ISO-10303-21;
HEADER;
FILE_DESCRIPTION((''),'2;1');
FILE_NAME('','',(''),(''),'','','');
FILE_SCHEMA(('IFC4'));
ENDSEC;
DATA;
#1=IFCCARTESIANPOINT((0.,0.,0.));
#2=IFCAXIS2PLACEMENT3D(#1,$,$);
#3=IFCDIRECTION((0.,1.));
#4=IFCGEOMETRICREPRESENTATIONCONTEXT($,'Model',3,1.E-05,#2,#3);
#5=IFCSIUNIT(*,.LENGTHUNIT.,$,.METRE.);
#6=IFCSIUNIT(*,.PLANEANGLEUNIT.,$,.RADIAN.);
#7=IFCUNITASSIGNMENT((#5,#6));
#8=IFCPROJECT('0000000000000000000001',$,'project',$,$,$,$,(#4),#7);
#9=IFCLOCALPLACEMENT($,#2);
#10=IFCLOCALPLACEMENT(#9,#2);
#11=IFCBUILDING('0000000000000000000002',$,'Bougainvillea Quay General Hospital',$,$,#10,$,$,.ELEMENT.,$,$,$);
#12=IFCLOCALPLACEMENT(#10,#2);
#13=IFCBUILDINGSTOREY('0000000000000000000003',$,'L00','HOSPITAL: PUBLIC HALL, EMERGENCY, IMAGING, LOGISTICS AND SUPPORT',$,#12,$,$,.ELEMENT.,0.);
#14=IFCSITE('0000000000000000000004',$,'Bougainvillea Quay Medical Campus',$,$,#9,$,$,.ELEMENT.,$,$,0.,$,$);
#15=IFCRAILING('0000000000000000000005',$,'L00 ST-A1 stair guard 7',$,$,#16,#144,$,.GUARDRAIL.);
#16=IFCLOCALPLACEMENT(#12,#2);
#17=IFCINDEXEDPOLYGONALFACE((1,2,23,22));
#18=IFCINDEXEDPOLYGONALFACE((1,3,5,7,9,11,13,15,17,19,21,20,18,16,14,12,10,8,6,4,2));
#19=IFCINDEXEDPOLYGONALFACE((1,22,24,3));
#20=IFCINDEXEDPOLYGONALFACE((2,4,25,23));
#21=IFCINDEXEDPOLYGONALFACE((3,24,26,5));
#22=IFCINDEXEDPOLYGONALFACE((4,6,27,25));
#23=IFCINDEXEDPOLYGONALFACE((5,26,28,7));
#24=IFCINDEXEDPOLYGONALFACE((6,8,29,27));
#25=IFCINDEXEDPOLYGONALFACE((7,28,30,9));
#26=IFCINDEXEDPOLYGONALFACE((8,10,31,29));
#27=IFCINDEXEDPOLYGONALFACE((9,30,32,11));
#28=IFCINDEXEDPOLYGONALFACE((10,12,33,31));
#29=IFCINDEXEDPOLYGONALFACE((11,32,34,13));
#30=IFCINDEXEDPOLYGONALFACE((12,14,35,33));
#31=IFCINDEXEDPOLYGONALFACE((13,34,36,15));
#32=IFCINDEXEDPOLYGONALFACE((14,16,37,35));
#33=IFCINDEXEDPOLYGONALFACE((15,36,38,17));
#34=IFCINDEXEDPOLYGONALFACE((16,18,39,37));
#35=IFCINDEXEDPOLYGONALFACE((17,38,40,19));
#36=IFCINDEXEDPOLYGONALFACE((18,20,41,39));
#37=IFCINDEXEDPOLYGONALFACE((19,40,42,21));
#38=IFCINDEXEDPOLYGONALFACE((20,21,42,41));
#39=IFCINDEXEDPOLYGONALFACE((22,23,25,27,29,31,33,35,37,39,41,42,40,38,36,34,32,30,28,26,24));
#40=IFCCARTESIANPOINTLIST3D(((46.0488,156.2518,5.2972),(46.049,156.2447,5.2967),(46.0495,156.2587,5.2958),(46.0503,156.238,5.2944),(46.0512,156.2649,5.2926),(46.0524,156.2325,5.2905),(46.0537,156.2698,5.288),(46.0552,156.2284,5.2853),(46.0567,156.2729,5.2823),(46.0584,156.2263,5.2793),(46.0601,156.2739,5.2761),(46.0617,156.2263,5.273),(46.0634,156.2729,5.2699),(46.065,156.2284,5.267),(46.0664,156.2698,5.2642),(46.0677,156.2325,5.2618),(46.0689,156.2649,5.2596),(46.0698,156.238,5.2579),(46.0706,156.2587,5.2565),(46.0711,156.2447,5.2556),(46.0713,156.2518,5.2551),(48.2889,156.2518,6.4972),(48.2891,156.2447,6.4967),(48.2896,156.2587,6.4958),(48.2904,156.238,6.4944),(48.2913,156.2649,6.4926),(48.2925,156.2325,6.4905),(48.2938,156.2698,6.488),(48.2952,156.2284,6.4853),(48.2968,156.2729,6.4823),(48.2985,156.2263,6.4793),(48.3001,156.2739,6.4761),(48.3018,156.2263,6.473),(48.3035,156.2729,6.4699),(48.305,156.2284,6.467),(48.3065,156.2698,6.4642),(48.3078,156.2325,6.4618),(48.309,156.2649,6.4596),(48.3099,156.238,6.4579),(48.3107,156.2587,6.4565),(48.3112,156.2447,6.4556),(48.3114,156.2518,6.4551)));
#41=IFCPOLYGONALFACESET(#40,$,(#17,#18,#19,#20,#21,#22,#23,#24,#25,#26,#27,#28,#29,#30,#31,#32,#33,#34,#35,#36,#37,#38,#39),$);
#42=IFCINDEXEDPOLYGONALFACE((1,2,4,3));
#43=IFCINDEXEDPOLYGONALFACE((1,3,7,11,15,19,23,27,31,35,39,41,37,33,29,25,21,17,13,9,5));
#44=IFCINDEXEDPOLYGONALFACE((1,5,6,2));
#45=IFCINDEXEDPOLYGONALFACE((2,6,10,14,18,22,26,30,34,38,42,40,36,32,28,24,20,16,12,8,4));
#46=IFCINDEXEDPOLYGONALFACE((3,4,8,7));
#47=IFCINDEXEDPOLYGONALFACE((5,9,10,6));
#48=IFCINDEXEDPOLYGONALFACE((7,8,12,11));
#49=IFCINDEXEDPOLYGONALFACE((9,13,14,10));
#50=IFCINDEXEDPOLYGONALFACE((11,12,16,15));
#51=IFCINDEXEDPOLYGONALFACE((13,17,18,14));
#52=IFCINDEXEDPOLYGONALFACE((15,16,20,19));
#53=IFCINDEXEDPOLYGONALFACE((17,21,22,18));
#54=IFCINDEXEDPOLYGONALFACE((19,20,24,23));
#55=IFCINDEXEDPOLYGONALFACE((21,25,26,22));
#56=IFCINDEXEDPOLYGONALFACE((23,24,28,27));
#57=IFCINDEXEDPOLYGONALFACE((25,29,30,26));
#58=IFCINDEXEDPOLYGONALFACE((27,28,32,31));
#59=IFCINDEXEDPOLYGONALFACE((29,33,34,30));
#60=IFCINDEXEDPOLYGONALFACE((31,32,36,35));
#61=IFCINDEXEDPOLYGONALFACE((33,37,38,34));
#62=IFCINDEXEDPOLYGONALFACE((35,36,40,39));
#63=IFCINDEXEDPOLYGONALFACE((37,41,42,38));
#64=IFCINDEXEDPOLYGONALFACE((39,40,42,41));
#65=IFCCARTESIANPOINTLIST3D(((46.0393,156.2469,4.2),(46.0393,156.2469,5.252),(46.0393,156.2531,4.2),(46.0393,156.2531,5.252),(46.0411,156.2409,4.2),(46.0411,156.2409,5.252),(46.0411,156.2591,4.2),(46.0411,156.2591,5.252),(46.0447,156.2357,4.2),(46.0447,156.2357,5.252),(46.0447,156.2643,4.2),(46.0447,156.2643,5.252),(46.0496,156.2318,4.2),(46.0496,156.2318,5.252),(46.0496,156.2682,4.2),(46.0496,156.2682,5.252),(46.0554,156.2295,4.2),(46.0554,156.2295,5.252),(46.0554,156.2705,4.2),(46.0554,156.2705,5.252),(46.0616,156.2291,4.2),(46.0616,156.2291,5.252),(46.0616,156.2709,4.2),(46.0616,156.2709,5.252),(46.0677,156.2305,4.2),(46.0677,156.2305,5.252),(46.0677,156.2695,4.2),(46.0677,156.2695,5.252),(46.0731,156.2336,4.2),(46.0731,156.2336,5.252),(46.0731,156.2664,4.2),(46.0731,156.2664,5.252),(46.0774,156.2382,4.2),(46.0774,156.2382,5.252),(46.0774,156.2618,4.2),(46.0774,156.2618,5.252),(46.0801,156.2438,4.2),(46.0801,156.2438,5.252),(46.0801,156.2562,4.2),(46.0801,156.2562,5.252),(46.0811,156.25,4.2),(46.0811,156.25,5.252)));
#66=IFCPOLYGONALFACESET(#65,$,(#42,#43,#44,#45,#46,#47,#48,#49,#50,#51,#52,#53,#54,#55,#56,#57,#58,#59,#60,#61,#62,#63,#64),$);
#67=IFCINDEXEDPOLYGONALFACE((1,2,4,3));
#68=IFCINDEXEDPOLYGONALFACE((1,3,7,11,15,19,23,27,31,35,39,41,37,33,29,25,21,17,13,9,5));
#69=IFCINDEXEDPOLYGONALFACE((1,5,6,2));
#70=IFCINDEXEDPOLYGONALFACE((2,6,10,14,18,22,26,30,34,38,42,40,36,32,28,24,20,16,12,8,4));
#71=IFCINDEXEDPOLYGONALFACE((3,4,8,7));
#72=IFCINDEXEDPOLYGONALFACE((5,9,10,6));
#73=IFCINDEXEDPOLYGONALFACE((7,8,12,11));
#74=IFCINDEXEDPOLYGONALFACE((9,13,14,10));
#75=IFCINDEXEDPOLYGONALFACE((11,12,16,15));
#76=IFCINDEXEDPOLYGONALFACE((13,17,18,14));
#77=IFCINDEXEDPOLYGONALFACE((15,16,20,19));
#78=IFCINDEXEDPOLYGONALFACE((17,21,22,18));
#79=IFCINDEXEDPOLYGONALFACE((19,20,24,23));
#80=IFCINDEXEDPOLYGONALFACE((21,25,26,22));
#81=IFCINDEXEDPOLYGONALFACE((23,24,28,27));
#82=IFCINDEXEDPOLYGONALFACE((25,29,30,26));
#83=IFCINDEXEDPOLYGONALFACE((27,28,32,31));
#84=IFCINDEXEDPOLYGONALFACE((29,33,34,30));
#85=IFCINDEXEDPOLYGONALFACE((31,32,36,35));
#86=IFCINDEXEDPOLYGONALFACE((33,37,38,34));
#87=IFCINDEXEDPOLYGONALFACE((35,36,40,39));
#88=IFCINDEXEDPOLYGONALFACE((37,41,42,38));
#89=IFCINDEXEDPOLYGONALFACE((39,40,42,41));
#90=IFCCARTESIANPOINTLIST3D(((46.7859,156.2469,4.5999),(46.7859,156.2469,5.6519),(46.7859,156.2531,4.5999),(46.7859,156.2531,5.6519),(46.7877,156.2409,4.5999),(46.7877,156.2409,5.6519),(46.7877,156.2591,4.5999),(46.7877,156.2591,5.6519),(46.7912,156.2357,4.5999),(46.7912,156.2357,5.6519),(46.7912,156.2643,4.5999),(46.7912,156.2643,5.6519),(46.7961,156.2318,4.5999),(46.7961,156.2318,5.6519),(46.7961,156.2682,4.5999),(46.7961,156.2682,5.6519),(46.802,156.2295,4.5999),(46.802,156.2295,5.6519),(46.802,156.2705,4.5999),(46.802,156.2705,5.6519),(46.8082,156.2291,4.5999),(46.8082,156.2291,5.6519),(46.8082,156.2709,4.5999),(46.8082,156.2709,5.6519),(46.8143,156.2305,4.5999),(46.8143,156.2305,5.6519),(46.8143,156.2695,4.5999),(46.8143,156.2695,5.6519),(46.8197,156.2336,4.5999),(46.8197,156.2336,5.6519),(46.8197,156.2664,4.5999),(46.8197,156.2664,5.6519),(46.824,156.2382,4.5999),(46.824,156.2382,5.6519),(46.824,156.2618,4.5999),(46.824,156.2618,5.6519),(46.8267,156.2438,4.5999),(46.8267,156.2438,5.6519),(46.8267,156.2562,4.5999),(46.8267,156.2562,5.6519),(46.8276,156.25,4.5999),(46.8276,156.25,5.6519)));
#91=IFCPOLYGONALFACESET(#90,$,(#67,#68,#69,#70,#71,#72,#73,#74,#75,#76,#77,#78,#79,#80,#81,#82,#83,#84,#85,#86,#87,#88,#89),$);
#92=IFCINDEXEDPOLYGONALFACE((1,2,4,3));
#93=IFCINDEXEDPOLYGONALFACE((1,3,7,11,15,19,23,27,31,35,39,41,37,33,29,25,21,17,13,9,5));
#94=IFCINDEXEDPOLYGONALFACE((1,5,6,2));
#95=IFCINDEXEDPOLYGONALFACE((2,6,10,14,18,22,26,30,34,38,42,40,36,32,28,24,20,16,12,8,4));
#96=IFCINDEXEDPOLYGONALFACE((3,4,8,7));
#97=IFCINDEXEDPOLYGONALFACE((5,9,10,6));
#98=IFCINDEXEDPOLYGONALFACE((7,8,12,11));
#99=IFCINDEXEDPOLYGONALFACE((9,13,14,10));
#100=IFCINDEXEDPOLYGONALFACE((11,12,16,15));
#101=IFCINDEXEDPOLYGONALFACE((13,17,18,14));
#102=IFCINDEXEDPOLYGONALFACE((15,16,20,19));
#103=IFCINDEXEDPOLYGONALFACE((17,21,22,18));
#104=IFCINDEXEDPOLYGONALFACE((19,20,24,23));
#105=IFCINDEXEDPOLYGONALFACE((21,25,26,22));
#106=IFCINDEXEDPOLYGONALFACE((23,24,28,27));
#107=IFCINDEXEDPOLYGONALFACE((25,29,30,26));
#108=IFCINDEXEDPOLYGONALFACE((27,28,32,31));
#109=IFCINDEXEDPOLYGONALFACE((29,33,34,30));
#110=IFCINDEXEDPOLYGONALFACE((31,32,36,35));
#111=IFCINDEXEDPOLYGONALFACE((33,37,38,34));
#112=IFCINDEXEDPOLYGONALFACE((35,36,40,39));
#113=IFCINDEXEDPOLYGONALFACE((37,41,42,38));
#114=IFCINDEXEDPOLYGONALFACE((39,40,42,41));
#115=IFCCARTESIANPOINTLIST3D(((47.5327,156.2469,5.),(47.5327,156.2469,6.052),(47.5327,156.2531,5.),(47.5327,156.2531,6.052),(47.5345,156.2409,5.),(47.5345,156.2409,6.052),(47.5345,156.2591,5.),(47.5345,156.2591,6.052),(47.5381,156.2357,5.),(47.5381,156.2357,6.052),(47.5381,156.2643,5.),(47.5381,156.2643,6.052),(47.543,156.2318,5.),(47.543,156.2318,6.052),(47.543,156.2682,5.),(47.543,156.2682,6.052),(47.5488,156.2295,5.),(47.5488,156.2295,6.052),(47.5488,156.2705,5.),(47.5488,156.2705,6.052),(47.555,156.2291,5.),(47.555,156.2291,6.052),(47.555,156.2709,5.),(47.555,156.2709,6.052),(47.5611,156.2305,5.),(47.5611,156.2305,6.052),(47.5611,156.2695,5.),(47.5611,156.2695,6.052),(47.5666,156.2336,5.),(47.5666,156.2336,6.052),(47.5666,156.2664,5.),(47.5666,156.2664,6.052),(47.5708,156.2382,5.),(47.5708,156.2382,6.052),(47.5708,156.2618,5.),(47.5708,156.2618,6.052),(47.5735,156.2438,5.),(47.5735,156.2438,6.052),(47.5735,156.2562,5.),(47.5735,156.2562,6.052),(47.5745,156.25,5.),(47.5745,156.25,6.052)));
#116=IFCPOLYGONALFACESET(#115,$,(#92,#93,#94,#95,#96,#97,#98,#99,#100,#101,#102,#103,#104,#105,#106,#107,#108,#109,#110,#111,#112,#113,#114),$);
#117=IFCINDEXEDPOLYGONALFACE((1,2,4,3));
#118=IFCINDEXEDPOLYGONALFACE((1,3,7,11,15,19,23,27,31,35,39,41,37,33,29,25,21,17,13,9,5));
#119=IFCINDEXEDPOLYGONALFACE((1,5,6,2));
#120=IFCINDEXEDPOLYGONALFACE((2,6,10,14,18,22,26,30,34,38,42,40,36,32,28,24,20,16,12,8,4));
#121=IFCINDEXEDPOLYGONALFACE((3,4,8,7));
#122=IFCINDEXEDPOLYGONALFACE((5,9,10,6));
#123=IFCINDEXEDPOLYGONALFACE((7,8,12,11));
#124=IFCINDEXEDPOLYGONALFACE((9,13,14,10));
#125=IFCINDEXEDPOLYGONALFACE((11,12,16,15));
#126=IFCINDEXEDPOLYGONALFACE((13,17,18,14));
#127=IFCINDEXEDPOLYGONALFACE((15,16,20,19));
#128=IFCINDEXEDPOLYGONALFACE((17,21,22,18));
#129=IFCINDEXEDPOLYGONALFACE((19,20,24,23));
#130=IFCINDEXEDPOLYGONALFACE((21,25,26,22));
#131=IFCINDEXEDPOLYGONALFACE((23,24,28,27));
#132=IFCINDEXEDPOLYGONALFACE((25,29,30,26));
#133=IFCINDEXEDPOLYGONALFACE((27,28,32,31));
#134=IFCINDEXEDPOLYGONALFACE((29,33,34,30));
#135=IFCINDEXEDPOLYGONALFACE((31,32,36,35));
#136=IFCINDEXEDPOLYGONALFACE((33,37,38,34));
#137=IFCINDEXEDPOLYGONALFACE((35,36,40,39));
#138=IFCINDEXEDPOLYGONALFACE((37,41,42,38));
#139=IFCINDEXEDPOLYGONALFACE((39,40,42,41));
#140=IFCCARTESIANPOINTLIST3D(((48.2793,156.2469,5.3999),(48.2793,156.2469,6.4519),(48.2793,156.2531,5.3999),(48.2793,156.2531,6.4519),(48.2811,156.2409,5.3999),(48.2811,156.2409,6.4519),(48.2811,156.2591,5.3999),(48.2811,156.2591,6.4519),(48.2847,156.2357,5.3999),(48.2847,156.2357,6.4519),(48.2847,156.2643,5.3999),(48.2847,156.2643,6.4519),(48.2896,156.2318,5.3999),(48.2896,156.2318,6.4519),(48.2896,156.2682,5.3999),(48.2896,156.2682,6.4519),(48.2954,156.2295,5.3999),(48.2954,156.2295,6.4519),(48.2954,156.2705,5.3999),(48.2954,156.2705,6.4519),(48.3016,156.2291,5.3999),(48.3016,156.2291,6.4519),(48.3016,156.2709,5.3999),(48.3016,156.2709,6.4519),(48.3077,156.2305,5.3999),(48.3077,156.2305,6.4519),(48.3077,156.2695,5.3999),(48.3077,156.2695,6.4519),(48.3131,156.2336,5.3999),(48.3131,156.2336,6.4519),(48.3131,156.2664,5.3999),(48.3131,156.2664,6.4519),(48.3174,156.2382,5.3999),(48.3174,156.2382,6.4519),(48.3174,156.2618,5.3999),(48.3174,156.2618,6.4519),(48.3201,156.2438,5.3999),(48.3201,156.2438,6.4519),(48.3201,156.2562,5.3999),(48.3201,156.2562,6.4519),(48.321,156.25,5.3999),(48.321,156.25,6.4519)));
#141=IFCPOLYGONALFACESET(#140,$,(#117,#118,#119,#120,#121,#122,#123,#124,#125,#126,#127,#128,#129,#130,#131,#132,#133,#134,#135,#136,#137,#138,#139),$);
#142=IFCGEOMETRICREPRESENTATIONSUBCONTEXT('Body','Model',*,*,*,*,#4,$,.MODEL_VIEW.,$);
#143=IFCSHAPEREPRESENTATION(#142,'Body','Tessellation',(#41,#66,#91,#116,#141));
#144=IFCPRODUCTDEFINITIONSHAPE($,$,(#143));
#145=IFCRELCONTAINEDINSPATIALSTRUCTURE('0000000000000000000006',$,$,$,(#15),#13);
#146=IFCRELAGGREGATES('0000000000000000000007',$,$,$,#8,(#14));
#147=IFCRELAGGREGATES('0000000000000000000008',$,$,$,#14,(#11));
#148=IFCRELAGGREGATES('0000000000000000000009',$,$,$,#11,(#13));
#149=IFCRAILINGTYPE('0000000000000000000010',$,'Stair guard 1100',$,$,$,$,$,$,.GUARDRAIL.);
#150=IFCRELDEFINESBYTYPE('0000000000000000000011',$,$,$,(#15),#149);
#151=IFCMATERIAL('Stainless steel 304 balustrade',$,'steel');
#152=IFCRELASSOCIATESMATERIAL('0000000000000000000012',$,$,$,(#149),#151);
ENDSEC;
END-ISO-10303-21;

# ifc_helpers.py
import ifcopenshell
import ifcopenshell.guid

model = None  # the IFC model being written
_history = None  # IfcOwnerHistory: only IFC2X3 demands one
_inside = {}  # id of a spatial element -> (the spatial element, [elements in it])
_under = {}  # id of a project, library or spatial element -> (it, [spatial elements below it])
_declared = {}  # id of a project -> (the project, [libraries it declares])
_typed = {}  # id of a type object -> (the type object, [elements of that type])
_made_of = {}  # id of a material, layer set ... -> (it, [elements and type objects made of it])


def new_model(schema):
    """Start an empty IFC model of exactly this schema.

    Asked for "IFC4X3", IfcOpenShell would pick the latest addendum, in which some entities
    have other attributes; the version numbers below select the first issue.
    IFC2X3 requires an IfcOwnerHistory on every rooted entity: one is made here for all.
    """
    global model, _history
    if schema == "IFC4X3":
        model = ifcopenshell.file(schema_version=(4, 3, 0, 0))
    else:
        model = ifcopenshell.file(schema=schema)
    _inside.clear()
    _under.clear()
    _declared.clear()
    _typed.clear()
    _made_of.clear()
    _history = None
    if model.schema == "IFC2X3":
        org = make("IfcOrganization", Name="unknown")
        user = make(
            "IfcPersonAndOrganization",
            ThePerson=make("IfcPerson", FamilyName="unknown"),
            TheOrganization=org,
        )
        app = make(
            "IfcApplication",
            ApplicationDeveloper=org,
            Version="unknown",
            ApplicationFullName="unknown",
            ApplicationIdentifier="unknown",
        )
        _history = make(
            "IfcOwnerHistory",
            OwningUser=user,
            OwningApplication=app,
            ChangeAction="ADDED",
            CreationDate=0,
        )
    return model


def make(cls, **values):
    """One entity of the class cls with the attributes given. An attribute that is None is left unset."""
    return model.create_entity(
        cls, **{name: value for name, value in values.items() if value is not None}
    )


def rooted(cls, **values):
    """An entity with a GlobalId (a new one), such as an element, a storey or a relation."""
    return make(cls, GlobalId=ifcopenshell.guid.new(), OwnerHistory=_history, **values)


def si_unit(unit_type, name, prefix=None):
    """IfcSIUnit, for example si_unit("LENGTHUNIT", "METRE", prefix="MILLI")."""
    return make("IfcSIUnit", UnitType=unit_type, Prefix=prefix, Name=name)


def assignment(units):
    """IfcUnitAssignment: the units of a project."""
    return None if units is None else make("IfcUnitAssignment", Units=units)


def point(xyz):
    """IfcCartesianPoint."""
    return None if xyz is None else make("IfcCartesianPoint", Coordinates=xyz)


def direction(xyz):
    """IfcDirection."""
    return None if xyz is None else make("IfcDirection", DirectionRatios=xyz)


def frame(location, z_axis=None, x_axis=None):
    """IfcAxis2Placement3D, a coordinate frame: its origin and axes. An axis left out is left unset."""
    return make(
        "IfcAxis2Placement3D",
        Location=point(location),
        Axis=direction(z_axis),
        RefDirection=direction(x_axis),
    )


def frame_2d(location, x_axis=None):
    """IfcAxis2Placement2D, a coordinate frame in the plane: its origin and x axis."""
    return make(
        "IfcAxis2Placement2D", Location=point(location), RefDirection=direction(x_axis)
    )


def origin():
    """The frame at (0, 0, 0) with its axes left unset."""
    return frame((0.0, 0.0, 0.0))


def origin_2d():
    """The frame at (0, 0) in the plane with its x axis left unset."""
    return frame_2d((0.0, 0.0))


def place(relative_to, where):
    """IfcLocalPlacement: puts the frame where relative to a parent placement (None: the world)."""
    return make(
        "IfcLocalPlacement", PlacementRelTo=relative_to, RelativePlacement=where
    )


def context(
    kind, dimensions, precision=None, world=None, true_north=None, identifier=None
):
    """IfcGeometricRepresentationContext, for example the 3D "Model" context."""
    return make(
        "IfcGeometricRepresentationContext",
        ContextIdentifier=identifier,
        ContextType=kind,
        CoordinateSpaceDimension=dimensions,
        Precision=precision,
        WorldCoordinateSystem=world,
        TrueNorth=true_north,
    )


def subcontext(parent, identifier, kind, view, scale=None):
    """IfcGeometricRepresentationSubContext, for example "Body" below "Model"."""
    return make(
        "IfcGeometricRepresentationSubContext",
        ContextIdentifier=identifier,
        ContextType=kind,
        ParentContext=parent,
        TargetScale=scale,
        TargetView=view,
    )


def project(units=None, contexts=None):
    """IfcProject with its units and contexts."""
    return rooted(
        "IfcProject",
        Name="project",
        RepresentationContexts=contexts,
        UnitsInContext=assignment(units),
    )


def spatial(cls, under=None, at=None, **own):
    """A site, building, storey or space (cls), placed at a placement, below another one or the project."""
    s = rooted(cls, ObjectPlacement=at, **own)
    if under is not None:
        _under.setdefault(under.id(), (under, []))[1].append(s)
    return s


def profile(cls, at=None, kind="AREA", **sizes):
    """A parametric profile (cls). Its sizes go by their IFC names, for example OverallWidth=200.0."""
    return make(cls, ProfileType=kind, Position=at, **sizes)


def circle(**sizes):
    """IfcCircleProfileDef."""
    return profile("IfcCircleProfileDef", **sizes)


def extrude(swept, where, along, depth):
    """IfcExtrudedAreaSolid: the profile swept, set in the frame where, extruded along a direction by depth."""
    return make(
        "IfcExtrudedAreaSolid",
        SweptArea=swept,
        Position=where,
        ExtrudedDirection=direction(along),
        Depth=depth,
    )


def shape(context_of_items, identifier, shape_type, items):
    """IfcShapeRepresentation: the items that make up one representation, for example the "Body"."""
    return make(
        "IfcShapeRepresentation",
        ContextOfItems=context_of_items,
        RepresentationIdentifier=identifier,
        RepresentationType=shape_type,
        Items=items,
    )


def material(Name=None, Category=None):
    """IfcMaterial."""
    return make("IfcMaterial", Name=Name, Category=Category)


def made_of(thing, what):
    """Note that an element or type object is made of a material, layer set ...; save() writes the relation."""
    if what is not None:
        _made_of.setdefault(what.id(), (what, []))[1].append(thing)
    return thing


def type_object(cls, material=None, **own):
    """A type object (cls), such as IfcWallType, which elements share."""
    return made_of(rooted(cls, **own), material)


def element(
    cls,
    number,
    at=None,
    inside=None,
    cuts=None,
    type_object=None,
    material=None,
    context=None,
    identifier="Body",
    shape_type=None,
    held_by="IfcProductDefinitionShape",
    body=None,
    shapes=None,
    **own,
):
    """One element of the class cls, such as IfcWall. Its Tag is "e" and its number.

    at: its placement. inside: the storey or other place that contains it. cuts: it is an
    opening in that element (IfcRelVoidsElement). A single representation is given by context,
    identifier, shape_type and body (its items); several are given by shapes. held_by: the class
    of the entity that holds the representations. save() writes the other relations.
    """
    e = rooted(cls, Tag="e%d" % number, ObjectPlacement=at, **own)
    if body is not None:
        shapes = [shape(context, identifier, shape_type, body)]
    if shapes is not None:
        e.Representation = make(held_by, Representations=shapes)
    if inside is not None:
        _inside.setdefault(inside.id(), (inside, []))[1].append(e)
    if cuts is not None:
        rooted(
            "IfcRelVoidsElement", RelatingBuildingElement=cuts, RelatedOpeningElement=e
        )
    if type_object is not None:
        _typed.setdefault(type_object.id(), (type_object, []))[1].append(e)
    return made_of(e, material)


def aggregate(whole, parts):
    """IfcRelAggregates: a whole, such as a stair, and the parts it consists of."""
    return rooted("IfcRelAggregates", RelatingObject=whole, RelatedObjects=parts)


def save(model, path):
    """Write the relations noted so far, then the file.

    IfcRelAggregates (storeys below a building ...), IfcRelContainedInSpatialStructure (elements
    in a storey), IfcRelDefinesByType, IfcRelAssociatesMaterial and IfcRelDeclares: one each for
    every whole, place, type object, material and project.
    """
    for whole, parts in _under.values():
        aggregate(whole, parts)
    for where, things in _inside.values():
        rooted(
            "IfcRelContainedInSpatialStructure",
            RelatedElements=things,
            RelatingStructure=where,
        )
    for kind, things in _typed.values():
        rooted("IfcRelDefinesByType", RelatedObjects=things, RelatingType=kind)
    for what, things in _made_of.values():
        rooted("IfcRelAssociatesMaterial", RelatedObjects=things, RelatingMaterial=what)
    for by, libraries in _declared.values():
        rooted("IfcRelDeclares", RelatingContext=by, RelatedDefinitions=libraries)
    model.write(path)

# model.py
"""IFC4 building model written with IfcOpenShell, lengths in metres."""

from ifc_helpers import new_model, si_unit, direction, frame, origin, origin_2d, place, context, subcontext, project, spatial, circle, extrude, material, type_object, element, save


model = new_model("IFC4")

# Units and contexts
model_context = context("Model", 3, precision=1e-05, world=origin(), true_north=direction((0.0, 1.0)))
body_context = subcontext(model_context, "Body", "Model", "MODEL_VIEW")
ifc_project = project(units=[si_unit("LENGTHUNIT", "METRE"), si_unit("PLANEANGLEUNIT", "RADIAN")], contexts=[model_context])

# Site, building, storey
site_placement = place(None, origin())
site = spatial("IfcSite", under=ifc_project, at=site_placement, Name="Bougainvillea Quay Medical Campus", CompositionType="ELEMENT", RefElevation=0.0)
building_placement = place(site_placement, origin())
building = spatial("IfcBuilding", under=site, at=building_placement, Name="Bougainvillea Quay General Hospital", CompositionType="ELEMENT")
storey_placement = place(building_placement, origin())
storey = spatial("IfcBuildingStorey", under=building, at=storey_placement, Name="L00", Description="HOSPITAL: PUBLIC HALL, EMERGENCY, IMAGING, LOGISTICS AND SUPPORT", CompositionType="ELEMENT", Elevation=0.0)

# Railing
ifc_material_1 = material(Name="Stainless steel 304 balustrade", Category="steel")
railing_type_1 = type_object("IfcRailingType", Name="Stair guard 1100", PredefinedType="GUARDRAIL", material=ifc_material_1)
railing_1_placement = place(storey_placement, frame((46.0601, 156.25, 4.2)))
element("IfcRailing", 1, at=railing_1_placement, inside=storey, type_object=railing_type_1, Name="L00 ST-A1 stair guard 7", PredefinedType="GUARDRAIL", context=body_context, shape_type="SweptSolid", body=[
    extrude(circle(Radius=0.0239, at=origin_2d()), frame((0.0, 0.0, 1.0762), z_axis=(0.881487, 0.0, 0.472208), x_axis=(0.0, 1.0, 0.0)), (0.0, 0.0, 1.0), 2.5413),
    extrude(circle(Radius=0.021, at=origin_2d()), origin(), (0.0, 0.0, 1.0), 1.052),
    extrude(circle(Radius=0.021, at=origin_2d()), frame((0.7466, 0.0, 0.3999)), (0.0, 0.0, 1.0), 1.052),
    extrude(circle(Radius=0.021, at=origin_2d()), frame((1.4934, 0.0, 0.8)), (0.0, 0.0, 1.0), 1.052),
    extrude(circle(Radius=0.021, at=origin_2d()), frame((2.24, 0.0, 1.2)), (0.0, 0.0, 1.0), 1.052),
])

save(model, "model.ifc")
